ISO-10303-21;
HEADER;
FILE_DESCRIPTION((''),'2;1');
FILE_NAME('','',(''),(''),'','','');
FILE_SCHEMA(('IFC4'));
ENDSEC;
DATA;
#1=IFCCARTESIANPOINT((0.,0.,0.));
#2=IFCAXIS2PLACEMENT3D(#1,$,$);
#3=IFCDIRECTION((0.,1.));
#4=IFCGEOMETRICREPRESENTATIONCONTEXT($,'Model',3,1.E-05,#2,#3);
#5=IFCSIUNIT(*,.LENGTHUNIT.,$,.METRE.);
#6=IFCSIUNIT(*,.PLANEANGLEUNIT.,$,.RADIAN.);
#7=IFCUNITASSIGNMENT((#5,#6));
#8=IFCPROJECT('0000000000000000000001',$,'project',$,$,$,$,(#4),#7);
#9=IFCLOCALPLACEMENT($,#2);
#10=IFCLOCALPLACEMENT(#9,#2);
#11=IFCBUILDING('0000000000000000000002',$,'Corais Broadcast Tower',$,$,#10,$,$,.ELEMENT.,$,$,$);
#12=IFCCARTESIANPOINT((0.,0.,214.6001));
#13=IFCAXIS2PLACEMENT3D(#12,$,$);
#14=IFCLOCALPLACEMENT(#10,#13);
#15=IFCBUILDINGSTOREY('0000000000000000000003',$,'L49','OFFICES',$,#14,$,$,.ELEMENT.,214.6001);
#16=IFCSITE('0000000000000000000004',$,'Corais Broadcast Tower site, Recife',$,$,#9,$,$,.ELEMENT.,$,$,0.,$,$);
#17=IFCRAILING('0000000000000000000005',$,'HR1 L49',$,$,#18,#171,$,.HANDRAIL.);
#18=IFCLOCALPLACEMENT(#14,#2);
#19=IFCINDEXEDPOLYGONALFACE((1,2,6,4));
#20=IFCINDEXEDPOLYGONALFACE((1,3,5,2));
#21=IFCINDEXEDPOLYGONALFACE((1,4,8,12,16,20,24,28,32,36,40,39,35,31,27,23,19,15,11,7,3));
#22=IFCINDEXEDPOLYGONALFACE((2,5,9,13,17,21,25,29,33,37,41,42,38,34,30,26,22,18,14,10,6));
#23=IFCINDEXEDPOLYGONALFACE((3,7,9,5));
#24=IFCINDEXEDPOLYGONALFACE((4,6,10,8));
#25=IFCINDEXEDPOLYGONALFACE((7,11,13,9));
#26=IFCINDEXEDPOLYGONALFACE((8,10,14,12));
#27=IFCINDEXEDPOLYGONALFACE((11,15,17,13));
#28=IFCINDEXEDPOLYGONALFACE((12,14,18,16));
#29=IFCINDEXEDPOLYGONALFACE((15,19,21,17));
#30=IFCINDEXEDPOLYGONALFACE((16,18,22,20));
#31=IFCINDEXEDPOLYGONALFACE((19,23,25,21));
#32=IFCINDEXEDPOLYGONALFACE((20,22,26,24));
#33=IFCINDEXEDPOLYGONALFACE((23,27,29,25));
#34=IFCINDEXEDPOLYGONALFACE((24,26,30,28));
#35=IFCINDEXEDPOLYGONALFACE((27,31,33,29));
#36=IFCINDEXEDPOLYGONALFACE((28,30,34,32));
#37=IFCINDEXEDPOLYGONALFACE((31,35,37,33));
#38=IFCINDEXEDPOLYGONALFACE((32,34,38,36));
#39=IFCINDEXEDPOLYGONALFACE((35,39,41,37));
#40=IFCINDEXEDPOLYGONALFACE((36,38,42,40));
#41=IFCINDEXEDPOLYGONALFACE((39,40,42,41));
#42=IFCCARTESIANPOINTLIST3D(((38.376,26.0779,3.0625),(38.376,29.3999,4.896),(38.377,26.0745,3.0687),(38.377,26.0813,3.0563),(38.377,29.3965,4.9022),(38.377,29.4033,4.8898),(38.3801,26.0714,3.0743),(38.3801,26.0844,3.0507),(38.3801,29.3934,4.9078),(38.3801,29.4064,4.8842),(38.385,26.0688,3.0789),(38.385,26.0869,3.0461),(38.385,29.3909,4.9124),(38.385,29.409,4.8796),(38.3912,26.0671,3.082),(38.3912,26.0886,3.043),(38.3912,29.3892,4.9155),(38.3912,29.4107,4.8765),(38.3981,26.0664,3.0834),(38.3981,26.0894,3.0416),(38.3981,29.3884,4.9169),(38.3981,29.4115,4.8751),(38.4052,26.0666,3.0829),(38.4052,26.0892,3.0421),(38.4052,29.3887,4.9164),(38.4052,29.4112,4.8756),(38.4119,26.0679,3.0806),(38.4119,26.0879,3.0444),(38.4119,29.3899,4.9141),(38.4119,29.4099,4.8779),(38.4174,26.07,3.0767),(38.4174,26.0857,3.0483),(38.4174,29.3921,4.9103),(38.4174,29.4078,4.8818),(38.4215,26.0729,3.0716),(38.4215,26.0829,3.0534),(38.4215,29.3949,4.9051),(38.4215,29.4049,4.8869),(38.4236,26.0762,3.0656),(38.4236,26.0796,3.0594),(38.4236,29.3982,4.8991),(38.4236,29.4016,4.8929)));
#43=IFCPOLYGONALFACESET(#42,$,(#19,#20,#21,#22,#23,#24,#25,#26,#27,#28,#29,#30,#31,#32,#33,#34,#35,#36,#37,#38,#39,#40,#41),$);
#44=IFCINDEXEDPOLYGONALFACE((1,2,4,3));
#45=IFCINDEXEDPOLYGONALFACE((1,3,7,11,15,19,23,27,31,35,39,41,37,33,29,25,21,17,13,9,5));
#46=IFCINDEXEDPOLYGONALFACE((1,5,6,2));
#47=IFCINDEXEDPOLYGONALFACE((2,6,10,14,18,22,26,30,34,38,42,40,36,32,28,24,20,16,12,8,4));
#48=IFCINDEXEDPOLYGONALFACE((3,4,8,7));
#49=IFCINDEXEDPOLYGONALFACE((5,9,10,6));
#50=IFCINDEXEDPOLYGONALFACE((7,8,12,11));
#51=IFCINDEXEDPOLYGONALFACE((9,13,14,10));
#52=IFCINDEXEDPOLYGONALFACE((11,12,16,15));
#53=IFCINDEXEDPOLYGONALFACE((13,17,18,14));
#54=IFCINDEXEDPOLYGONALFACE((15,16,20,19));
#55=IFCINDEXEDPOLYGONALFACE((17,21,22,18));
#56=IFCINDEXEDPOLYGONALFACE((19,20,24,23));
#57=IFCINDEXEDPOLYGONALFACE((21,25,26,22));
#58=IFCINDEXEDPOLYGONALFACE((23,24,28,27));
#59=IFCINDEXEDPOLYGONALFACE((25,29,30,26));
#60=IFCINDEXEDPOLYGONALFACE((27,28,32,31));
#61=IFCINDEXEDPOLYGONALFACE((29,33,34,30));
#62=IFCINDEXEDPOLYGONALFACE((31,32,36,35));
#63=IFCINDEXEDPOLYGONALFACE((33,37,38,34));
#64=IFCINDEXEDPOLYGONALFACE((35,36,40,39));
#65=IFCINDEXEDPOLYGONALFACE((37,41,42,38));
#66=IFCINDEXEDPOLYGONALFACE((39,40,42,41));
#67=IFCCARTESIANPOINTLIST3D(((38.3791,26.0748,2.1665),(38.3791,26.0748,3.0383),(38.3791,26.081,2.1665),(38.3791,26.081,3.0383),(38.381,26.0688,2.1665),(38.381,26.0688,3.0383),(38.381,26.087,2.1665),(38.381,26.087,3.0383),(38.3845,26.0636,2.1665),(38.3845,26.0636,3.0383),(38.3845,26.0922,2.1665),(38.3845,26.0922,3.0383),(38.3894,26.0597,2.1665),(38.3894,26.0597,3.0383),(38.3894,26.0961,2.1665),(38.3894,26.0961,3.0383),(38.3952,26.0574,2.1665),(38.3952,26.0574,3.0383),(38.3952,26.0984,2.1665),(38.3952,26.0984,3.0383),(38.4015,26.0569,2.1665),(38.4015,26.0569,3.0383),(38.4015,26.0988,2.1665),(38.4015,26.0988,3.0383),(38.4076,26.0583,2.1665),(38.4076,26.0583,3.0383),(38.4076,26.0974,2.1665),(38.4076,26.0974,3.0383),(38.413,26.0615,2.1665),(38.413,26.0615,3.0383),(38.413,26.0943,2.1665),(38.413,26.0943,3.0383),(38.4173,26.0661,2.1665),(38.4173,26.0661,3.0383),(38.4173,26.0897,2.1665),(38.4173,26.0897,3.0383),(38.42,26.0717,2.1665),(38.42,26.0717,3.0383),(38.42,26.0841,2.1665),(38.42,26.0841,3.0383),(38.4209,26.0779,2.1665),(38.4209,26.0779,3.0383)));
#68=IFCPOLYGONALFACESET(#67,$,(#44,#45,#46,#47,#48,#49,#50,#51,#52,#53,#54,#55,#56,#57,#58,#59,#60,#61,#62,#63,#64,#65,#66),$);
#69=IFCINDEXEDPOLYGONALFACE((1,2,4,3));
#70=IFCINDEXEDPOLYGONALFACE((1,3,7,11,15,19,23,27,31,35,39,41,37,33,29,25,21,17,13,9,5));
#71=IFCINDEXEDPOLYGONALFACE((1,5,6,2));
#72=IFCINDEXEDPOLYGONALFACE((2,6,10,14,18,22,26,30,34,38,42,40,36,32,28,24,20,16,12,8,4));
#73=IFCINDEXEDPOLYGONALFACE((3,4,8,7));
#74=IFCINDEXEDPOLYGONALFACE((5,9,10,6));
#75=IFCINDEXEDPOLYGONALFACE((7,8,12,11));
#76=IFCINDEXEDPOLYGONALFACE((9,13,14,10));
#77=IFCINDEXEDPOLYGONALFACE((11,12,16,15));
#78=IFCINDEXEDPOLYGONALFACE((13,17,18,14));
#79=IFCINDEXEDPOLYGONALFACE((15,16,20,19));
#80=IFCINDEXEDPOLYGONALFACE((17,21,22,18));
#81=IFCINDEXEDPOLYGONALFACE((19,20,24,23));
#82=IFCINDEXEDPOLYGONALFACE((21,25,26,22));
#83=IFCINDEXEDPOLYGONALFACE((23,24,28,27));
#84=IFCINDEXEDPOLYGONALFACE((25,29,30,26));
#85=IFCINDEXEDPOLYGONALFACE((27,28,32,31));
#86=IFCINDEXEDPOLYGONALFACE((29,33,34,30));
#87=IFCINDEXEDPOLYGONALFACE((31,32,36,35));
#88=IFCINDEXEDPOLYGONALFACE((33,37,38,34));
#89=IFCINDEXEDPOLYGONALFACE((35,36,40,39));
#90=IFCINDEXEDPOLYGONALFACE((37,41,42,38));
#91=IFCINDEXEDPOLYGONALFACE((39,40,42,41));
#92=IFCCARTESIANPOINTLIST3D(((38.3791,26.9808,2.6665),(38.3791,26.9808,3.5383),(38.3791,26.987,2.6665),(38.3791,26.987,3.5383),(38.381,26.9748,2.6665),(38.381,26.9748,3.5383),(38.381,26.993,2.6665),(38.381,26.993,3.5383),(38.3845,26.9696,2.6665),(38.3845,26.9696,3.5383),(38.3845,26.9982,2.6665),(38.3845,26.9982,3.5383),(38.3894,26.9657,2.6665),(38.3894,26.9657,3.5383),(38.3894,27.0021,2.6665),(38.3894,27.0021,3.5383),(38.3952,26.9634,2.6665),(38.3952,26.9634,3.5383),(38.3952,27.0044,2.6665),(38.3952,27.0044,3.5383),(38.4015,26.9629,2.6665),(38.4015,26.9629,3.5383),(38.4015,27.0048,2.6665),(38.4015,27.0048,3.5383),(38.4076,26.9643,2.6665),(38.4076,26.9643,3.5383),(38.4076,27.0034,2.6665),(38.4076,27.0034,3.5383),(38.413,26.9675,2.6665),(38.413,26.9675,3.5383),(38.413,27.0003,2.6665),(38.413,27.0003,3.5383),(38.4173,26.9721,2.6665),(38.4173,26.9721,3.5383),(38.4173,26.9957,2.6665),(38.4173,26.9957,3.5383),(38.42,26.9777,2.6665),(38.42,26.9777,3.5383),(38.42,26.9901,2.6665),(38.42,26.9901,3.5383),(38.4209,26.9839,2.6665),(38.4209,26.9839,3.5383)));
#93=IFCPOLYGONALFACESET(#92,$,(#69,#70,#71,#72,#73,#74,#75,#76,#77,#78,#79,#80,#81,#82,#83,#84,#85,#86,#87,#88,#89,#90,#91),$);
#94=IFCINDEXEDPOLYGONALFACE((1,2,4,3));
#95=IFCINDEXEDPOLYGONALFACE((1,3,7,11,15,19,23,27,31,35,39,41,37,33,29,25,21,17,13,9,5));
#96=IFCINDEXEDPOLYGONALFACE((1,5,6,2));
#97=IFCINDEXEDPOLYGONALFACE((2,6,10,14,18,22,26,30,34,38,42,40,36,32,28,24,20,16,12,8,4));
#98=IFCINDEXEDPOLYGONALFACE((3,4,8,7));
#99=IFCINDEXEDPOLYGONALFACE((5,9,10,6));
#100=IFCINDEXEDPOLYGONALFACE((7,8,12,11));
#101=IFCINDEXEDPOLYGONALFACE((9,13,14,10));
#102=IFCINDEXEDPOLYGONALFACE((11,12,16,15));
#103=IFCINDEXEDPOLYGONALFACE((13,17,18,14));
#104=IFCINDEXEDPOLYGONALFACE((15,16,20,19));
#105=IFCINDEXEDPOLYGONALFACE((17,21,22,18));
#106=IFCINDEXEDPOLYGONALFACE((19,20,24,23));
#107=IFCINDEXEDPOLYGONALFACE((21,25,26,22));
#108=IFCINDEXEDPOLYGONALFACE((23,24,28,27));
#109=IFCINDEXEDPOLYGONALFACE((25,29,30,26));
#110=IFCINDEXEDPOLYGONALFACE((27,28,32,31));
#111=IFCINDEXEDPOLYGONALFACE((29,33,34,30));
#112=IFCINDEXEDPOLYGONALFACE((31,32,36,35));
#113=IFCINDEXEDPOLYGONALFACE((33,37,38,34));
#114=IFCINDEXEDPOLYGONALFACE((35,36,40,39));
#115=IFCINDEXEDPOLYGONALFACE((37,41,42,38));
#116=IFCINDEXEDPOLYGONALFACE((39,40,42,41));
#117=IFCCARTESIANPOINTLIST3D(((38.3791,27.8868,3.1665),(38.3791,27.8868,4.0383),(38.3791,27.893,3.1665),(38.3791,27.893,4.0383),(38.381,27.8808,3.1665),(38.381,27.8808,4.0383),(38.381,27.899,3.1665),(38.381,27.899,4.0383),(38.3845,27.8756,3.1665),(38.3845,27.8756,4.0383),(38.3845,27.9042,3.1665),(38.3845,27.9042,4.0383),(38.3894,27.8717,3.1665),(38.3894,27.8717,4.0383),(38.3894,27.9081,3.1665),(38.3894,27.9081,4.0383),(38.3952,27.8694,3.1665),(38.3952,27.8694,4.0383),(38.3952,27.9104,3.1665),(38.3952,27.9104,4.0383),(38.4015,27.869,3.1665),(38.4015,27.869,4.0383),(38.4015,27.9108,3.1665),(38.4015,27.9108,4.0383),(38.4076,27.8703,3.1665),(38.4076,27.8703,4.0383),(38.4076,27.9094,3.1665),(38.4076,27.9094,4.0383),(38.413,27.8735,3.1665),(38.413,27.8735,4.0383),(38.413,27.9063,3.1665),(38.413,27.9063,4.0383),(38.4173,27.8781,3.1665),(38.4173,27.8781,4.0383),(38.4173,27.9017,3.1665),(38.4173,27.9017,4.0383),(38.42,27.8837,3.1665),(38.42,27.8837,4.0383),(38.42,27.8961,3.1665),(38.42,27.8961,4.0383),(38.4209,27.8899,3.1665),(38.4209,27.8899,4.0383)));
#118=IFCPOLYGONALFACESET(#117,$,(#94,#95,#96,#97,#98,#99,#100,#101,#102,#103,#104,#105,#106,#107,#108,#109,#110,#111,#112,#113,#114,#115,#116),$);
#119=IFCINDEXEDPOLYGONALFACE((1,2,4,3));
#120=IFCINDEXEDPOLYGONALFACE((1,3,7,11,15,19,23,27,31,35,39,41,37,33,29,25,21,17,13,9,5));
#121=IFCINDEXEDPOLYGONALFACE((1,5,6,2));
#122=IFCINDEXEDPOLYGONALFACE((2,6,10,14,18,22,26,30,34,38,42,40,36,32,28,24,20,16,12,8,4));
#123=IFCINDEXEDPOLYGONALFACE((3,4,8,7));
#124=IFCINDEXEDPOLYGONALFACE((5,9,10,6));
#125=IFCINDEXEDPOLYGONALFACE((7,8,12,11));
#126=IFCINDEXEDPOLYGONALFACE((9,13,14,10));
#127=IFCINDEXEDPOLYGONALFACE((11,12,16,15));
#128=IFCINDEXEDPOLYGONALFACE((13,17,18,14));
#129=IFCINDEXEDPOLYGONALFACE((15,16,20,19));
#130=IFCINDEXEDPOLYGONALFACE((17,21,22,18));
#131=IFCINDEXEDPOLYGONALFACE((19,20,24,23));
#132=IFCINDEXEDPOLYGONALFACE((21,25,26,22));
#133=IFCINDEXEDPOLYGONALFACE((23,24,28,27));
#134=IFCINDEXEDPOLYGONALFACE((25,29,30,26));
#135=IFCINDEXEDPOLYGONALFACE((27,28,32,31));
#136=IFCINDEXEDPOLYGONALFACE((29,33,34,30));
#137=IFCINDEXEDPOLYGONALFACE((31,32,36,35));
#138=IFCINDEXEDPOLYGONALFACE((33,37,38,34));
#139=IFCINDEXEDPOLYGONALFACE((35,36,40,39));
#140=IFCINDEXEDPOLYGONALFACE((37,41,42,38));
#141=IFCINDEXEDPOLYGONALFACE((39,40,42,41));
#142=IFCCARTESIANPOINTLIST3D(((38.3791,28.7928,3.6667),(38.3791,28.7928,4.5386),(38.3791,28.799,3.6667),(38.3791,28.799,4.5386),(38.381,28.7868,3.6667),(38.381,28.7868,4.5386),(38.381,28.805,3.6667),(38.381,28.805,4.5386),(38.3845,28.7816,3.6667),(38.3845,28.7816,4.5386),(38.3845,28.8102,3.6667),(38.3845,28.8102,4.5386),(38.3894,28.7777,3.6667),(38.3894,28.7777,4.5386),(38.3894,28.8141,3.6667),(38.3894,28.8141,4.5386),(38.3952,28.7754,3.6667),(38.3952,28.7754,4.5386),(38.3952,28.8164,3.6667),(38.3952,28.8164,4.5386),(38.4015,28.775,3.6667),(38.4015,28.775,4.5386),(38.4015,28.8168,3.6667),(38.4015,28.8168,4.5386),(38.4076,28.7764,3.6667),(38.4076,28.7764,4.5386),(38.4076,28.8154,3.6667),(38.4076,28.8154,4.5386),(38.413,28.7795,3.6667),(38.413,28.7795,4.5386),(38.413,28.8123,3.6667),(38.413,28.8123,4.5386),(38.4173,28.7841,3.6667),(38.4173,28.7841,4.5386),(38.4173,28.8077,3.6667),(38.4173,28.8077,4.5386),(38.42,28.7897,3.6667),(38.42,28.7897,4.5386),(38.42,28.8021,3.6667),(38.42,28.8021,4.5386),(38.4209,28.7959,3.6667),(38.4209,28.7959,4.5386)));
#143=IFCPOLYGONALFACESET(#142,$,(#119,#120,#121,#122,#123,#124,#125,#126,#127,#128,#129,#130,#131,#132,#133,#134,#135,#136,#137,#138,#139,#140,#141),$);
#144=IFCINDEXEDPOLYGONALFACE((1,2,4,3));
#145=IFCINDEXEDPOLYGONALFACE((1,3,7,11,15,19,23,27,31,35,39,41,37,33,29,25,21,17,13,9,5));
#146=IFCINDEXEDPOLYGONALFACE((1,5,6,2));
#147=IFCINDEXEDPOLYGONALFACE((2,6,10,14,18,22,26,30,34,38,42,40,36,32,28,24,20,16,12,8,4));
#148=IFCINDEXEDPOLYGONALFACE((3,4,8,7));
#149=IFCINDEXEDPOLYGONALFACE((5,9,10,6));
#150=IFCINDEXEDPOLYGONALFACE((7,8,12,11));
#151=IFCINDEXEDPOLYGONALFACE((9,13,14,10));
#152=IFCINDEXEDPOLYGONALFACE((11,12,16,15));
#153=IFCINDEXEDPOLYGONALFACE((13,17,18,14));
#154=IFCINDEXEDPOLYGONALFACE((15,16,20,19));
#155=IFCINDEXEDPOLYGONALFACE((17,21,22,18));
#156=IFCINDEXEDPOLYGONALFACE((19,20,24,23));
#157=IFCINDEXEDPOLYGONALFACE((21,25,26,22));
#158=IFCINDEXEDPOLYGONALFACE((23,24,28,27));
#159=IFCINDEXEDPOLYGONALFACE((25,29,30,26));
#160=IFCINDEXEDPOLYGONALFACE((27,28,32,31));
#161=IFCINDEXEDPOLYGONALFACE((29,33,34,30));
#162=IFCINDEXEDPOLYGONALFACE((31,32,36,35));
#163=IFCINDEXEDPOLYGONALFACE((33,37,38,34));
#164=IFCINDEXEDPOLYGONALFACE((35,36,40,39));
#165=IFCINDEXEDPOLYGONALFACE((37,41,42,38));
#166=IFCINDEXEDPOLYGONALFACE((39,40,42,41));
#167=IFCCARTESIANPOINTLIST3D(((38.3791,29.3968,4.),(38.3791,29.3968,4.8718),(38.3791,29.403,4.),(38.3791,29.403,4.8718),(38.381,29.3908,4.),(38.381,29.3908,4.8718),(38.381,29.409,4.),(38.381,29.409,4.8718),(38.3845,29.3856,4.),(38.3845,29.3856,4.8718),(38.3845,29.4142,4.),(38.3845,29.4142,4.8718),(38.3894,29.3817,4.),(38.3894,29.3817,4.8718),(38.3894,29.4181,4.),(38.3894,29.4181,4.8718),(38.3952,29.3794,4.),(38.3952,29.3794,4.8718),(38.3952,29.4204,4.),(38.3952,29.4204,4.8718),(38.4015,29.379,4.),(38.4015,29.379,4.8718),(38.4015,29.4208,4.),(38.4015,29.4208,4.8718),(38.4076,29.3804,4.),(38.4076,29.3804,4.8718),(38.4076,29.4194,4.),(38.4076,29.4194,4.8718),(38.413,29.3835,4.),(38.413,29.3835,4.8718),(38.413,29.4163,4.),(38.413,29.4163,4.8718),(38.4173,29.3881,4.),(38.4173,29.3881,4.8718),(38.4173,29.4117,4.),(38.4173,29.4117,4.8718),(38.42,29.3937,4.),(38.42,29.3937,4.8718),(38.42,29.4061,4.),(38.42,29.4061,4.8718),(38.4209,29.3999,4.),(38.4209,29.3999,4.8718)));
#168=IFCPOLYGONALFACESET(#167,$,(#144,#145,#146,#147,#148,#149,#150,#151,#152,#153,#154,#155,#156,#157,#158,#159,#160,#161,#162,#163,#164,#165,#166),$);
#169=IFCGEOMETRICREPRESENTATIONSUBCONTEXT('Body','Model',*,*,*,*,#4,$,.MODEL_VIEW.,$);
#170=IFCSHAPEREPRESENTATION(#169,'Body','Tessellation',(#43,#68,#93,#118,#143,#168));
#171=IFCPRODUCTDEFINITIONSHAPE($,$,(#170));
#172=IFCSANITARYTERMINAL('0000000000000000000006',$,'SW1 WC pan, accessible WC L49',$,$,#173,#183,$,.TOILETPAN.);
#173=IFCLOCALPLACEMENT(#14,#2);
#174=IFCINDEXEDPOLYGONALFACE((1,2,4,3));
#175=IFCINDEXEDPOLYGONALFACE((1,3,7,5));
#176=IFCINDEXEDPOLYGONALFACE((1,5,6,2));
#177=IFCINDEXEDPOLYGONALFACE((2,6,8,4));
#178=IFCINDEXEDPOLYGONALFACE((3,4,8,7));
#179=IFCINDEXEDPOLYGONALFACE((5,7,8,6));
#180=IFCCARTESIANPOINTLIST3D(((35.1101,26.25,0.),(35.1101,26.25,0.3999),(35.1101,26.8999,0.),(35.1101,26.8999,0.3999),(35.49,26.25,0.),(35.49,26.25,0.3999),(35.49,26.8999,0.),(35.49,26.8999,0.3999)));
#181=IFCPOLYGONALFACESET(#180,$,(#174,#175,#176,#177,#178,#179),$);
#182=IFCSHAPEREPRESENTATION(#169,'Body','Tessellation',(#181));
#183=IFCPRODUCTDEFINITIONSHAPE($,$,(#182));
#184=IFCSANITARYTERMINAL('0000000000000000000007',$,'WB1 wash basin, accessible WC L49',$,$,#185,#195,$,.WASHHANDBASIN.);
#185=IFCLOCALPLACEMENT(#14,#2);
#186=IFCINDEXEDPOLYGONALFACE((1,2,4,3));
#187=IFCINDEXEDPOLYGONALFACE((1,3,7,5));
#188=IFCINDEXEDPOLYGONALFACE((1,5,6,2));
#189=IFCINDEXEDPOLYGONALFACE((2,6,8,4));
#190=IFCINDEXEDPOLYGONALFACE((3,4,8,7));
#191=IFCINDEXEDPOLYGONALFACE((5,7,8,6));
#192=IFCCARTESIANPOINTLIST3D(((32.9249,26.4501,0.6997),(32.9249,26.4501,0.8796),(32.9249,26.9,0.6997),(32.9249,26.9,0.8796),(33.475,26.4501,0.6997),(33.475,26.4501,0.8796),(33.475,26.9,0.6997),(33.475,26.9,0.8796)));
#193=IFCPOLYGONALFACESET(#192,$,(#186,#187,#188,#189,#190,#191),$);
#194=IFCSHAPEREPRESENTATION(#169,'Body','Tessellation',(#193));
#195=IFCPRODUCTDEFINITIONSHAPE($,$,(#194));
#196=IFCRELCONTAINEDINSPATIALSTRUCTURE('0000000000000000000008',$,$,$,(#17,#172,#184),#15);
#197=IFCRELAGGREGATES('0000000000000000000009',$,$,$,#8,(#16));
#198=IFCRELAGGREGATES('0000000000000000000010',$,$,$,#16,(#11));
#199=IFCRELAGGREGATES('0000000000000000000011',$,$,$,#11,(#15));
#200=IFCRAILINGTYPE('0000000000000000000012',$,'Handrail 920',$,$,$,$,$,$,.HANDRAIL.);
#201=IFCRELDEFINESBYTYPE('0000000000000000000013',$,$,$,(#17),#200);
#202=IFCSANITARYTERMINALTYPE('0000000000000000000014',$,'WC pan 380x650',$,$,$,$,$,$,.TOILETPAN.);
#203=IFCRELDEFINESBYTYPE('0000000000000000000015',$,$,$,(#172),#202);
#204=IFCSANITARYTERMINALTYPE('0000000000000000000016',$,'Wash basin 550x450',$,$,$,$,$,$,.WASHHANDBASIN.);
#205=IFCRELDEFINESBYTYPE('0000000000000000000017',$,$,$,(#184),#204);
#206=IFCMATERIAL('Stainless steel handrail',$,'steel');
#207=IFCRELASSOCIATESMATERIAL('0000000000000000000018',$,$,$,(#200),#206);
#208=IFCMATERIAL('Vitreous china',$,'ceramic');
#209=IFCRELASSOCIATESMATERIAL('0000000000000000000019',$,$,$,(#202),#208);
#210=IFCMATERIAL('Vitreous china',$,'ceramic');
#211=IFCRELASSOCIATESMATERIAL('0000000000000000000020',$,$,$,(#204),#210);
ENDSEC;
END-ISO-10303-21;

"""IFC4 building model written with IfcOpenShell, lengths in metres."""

from ifc_helpers import new_model, si_unit, direction, frame, origin, origin_2d, place, context, subcontext, project, spatial, rectangle, circle, extrude, material, type_object, element, save


model = new_model("IFC4")

# Units and contexts
model_context = context("Model", 3, precision=1e-05, world=origin(), true_north=direction((0.0, 1.0)))
body_context = subcontext(model_context, "Body", "Model", "MODEL_VIEW")
ifc_project = project(units=[si_unit("LENGTHUNIT", "METRE"), si_unit("PLANEANGLEUNIT", "RADIAN")], contexts=[model_context])

# Site, building, storey
site_placement = place(None, origin())
site = spatial("IfcSite", under=ifc_project, at=site_placement, Name="Corais Broadcast Tower site, Recife", CompositionType="ELEMENT", RefElevation=0.0)
building_placement = place(site_placement, origin())
building = spatial("IfcBuilding", under=site, at=building_placement, Name="Corais Broadcast Tower", CompositionType="ELEMENT")
storey_placement = place(building_placement, frame((0.0, 0.0, 214.6001)))
storey = spatial("IfcBuildingStorey", under=building, at=storey_placement, Name="L49", Description="OFFICES", CompositionType="ELEMENT", Elevation=214.6001)

# Railing
ifc_material_1 = material(Name="Stainless steel handrail", Category="steel")
railing_type = type_object("IfcRailingType", Name="Handrail 920", PredefinedType="HANDRAIL", material=ifc_material_1)
for number, where, name in (
    (1, (38.3999, 26.0779, 2.1665), "HR1 L49"),
):
    element("IfcRailing", number, at=place(storey_placement, frame(where)), inside=storey, type_object=railing_type, Name=name, PredefinedType="HANDRAIL", context=body_context, shape_type="SweptSolid", body=[
        extrude(circle(Radius=0.0239, at=origin_2d()), frame((0.0, 0.0, 0.896), z_axis=(0.0, 0.875504, 0.48321), x_axis=(-1.0, 0.0, 0.0)), (0.0, 0.0, 1.0), 3.7944),
        extrude(circle(Radius=0.021, at=origin_2d()), origin(), (0.0, 0.0, 1.0), 0.8718),
        extrude(circle(Radius=0.021, at=origin_2d()), frame((0.0, 0.906, 0.5)), (0.0, 0.0, 1.0), 0.8718),
        extrude(circle(Radius=0.021, at=origin_2d()), frame((0.0, 1.812, 1.0)), (0.0, 0.0, 1.0), 0.8718),
        extrude(circle(Radius=0.021, at=origin_2d()), frame((0.0, 2.718, 1.5002)), (0.0, 0.0, 1.0), 0.8718),
        extrude(circle(Radius=0.021, at=origin_2d()), frame((0.0, 3.322, 1.8335)), (0.0, 0.0, 1.0), 0.8718),
    ])

# Sanitary terminals
ifc_material_2 = material(Name="Vitreous china", Category="ceramic")
sanitary_terminal_type_1 = type_object("IfcSanitaryTerminalType", Name="WC pan 380x650", PredefinedType="TOILETPAN", material=ifc_material_2)
sanitary_terminal_1_placement = place(storey_placement, frame((35.3, 26.575, 0.0), z_axis=(0.0, 0.0, 1.0), x_axis=(1.0, 0.0, 0.0)))
element("IfcSanitaryTerminal", 2, at=sanitary_terminal_1_placement, inside=storey, type_object=sanitary_terminal_type_1, Name="SW1 WC pan, accessible WC L49", PredefinedType="TOILETPAN", context=body_context, shape_type="SweptSolid", body=[
    extrude(rectangle(XDim=0.3799, YDim=0.6499, at=origin_2d()), origin(), (0.0, 0.0, 1.0), 0.3999),
])
ifc_material_3 = material(Name="Vitreous china", Category="ceramic")
sanitary_terminal_type_2 = type_object("IfcSanitaryTerminalType", Name="Wash basin 550x450", PredefinedType="WASHHANDBASIN", material=ifc_material_3)
sanitary_terminal_2_placement = place(storey_placement, frame((33.2, 26.675, 0.6997), z_axis=(0.0, 0.0, 1.0), x_axis=(1.0, 0.0, 0.0)))
element("IfcSanitaryTerminal", 3, at=sanitary_terminal_2_placement, inside=storey, type_object=sanitary_terminal_type_2, Name="WB1 wash basin, accessible WC L49", PredefinedType="WASHHANDBASIN", context=body_context, shape_type="SweptSolid", body=[
    extrude(rectangle(XDim=0.55, YDim=0.45, at=origin_2d()), origin(), (0.0, 0.0, 1.0), 0.1799),
])

save(model, "model.ifc")
